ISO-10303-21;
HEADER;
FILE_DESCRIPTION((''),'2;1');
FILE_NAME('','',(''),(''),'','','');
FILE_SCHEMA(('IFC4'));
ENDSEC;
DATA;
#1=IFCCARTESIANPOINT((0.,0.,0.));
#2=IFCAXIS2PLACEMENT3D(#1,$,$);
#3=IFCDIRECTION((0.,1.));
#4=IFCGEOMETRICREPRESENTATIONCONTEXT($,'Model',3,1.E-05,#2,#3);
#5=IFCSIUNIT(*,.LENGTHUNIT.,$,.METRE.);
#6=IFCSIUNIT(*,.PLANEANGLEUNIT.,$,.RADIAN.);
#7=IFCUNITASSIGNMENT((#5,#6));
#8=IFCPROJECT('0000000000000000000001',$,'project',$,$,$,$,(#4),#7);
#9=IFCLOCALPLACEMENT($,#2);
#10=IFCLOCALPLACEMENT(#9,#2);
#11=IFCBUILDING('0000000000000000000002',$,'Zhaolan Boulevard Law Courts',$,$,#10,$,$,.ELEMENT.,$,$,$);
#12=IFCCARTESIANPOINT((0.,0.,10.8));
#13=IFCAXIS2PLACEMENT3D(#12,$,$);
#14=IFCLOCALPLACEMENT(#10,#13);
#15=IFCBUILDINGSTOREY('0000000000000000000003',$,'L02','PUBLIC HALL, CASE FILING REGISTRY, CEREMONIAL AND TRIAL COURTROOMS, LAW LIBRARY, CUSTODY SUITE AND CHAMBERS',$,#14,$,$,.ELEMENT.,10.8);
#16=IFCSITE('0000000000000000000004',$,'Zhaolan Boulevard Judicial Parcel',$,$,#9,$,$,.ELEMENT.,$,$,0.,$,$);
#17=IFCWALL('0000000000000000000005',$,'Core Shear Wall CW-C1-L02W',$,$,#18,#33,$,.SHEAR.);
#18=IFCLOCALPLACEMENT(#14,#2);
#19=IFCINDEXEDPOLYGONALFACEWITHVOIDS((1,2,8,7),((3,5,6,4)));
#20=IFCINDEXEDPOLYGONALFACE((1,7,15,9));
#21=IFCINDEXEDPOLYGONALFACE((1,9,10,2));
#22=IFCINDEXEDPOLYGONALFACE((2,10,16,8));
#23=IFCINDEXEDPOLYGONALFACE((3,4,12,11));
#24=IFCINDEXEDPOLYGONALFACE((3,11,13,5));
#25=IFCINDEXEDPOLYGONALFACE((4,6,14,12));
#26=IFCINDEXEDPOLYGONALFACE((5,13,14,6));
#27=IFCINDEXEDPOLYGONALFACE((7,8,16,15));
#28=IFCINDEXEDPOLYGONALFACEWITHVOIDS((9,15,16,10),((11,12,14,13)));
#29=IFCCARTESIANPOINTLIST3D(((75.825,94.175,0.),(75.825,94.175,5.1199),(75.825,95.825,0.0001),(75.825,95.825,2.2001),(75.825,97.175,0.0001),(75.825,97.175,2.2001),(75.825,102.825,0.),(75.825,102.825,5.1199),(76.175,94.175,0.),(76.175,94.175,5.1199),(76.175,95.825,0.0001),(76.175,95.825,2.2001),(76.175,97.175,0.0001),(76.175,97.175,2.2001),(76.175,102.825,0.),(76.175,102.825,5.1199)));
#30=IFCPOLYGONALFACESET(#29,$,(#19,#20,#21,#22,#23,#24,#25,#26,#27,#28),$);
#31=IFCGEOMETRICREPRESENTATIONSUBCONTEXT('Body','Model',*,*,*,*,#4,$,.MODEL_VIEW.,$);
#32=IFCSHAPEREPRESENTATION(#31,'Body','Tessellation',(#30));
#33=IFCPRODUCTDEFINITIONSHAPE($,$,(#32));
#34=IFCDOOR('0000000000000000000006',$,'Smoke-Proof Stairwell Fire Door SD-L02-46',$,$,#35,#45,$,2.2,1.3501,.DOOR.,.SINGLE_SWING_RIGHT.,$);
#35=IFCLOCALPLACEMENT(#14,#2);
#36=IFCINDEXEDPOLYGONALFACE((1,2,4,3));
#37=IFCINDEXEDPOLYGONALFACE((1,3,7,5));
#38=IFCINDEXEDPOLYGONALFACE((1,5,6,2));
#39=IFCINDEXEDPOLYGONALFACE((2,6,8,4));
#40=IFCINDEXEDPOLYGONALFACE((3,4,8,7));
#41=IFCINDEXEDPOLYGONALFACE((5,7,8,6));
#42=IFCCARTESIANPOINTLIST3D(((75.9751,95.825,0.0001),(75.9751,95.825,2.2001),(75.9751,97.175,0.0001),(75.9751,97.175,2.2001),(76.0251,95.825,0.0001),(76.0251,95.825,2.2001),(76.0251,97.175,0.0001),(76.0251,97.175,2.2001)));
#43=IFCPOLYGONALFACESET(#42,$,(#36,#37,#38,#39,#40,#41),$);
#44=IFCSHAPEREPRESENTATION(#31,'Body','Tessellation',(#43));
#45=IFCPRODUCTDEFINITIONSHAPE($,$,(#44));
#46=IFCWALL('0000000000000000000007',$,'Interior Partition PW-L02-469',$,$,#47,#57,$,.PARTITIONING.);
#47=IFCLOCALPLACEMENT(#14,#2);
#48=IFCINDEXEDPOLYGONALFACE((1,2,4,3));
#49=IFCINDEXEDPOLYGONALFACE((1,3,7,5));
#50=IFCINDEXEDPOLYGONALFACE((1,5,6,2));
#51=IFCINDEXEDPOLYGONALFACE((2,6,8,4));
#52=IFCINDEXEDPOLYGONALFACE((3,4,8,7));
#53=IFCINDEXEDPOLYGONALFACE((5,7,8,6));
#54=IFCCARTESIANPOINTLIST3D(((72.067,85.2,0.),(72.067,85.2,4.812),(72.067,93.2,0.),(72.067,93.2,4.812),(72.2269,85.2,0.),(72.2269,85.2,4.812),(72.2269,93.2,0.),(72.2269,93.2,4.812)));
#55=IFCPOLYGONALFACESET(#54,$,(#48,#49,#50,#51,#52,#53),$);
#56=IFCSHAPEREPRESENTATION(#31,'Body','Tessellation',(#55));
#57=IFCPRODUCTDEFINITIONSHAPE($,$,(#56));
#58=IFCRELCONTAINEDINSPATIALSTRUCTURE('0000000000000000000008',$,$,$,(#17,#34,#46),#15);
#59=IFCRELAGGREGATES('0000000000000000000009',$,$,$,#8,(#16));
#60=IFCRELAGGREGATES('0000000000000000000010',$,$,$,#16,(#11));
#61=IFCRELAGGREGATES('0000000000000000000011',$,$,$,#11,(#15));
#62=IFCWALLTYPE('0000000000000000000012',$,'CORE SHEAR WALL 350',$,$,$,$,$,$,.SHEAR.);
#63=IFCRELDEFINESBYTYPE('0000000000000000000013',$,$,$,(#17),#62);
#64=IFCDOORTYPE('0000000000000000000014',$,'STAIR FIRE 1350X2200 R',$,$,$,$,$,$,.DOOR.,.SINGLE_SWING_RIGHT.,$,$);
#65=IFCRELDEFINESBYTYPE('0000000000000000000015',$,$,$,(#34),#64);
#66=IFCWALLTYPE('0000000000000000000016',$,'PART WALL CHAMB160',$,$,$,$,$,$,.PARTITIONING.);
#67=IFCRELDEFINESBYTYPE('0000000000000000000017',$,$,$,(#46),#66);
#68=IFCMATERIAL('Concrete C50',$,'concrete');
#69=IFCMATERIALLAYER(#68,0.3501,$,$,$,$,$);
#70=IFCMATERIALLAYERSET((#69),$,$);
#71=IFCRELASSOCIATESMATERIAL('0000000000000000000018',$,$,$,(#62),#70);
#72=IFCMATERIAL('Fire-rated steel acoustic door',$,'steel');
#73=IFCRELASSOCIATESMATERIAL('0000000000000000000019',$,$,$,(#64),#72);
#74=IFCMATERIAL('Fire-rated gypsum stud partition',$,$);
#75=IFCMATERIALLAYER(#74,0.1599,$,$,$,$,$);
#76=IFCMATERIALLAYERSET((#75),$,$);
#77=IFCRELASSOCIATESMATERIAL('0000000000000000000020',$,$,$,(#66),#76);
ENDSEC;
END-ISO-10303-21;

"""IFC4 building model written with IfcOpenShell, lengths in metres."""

from ifc_helpers import new_model, si_unit, direction, frame, frame_2d, origin, place, context, subcontext, project, spatial, rectangle, extrude, material, layer, layer_set, type_object, element, fill, save


model = new_model("IFC4")

# Units and contexts
model_context = context("Model", 3, precision=1e-05, world=origin(), true_north=direction((0.0, 1.0)))
body_context = subcontext(model_context, "Body", "Model", "MODEL_VIEW")
ifc_project = project(units=[si_unit("LENGTHUNIT", "METRE"), si_unit("PLANEANGLEUNIT", "RADIAN")], contexts=[model_context])

# Site, building, storey
site_placement = place(None, origin())
site = spatial("IfcSite", under=ifc_project, at=site_placement, Name="Zhaolan Boulevard Judicial Parcel", CompositionType="ELEMENT", RefElevation=0.0)
building_placement = place(site_placement, origin())
building = spatial("IfcBuilding", under=site, at=building_placement, Name="Zhaolan Boulevard Law Courts", CompositionType="ELEMENT")
storey_placement = place(building_placement, frame((0.0, 0.0, 10.8)))
storey = spatial("IfcBuildingStorey", under=building, at=storey_placement, Name="L02", Description="PUBLIC HALL, CASE FILING REGISTRY, CEREMONIAL AND TRIAL COURTROOMS, LAW LIBRARY, CUSTODY SUITE AND CHAMBERS", CompositionType="ELEMENT", Elevation=10.8)

# Shared definitions
ifc_material_1 = material(Name="Concrete C50", Category="concrete")
ifc_layer_1 = layer(ifc_material_1, 0.3501)
ifc_layer_set_1 = layer_set([ifc_layer_1])
wall_type_1 = type_object("IfcWallType", Name="CORE SHEAR WALL 350", PredefinedType="SHEAR", material=ifc_layer_set_1)

# Wall, opening, door
wall_1_placement = place(storey_placement, frame((76.0, 94.175, 0.0), z_axis=(0.0, 0.0, 1.0), x_axis=(0.0, 1.0, 0.0)))
wall_1 = element("IfcWall", 1, at=wall_1_placement, inside=storey, type_object=wall_type_1, Name="Core Shear Wall CW-C1-L02W", PredefinedType="SHEAR", context=body_context, shape_type="SweptSolid", body=[
    extrude(rectangle(XDim=8.6499, YDim=0.3501, at=frame_2d((4.325, 0.0))), origin(), (0.0, 0.0, 1.0), 5.1199),
])
opening_placement = place(wall_1_placement, frame((1.6499, 0.0, 0.0)))
opening = element("IfcOpeningElement", 2, at=opening_placement, cuts=wall_1, PredefinedType="OPENING", context=body_context, shape_type="SweptSolid", body=[
    extrude(rectangle(XDim=1.3501, YDim=2.2, at=frame_2d((0.675, 1.1001))), frame((0.0, 0.1851, 0.0), z_axis=(0.0, -1.0, 0.0), x_axis=(1.0, 0.0, 0.0)), (0.0, 0.0, 1.0), 0.3701),
])
ifc_material_2 = material(Name="Fire-rated steel acoustic door", Category="steel")
door_type = type_object("IfcDoorType", Name="STAIR FIRE 1350X2200 R", OperationType="SINGLE_SWING_RIGHT", PredefinedType="DOOR", material=ifc_material_2)
door_placement = place(opening_placement, origin())
door = element("IfcDoor", 3, at=door_placement, inside=storey, type_object=door_type, Name="Smoke-Proof Stairwell Fire Door SD-L02-46", OperationType="SINGLE_SWING_RIGHT", OverallHeight=2.2, OverallWidth=1.3501, PredefinedType="DOOR", context=body_context, shape_type="SweptSolid", body=[
    extrude(rectangle(XDim=1.3501, YDim=2.2, at=frame_2d((0.675, 1.1001))), frame((0.0, 0.0249, 0.0), z_axis=(0.0, -1.0, 0.0), x_axis=(1.0, 0.0, 0.0)), (0.0, 0.0, 1.0), 0.05),
])
fill(opening, door)

# Wall
ifc_material_3 = material(Name="Fire-rated gypsum stud partition")
ifc_layer_2 = layer(ifc_material_3, 0.1599)
ifc_layer_set_2 = layer_set([ifc_layer_2])
wall_type_2 = type_object("IfcWallType", Name="PART WALL CHAMB160", PredefinedType="PARTITIONING", material=ifc_layer_set_2)
wall_2_placement = place(storey_placement, frame((72.147, 93.2, 0.0), z_axis=(0.0, 0.0, 1.0), x_axis=(0.0, -1.0, 0.0)))
element("IfcWall", 4, at=wall_2_placement, inside=storey, type_object=wall_type_2, Name="Interior Partition PW-L02-469", PredefinedType="PARTITIONING", context=body_context, shape_type="SweptSolid", body=[
    extrude(rectangle(XDim=8.0, YDim=0.1599, at=frame_2d((4.0, 0.0))), origin(), (0.0, 0.0, 1.0), 4.812),
])

save(model, "model.ifc")
